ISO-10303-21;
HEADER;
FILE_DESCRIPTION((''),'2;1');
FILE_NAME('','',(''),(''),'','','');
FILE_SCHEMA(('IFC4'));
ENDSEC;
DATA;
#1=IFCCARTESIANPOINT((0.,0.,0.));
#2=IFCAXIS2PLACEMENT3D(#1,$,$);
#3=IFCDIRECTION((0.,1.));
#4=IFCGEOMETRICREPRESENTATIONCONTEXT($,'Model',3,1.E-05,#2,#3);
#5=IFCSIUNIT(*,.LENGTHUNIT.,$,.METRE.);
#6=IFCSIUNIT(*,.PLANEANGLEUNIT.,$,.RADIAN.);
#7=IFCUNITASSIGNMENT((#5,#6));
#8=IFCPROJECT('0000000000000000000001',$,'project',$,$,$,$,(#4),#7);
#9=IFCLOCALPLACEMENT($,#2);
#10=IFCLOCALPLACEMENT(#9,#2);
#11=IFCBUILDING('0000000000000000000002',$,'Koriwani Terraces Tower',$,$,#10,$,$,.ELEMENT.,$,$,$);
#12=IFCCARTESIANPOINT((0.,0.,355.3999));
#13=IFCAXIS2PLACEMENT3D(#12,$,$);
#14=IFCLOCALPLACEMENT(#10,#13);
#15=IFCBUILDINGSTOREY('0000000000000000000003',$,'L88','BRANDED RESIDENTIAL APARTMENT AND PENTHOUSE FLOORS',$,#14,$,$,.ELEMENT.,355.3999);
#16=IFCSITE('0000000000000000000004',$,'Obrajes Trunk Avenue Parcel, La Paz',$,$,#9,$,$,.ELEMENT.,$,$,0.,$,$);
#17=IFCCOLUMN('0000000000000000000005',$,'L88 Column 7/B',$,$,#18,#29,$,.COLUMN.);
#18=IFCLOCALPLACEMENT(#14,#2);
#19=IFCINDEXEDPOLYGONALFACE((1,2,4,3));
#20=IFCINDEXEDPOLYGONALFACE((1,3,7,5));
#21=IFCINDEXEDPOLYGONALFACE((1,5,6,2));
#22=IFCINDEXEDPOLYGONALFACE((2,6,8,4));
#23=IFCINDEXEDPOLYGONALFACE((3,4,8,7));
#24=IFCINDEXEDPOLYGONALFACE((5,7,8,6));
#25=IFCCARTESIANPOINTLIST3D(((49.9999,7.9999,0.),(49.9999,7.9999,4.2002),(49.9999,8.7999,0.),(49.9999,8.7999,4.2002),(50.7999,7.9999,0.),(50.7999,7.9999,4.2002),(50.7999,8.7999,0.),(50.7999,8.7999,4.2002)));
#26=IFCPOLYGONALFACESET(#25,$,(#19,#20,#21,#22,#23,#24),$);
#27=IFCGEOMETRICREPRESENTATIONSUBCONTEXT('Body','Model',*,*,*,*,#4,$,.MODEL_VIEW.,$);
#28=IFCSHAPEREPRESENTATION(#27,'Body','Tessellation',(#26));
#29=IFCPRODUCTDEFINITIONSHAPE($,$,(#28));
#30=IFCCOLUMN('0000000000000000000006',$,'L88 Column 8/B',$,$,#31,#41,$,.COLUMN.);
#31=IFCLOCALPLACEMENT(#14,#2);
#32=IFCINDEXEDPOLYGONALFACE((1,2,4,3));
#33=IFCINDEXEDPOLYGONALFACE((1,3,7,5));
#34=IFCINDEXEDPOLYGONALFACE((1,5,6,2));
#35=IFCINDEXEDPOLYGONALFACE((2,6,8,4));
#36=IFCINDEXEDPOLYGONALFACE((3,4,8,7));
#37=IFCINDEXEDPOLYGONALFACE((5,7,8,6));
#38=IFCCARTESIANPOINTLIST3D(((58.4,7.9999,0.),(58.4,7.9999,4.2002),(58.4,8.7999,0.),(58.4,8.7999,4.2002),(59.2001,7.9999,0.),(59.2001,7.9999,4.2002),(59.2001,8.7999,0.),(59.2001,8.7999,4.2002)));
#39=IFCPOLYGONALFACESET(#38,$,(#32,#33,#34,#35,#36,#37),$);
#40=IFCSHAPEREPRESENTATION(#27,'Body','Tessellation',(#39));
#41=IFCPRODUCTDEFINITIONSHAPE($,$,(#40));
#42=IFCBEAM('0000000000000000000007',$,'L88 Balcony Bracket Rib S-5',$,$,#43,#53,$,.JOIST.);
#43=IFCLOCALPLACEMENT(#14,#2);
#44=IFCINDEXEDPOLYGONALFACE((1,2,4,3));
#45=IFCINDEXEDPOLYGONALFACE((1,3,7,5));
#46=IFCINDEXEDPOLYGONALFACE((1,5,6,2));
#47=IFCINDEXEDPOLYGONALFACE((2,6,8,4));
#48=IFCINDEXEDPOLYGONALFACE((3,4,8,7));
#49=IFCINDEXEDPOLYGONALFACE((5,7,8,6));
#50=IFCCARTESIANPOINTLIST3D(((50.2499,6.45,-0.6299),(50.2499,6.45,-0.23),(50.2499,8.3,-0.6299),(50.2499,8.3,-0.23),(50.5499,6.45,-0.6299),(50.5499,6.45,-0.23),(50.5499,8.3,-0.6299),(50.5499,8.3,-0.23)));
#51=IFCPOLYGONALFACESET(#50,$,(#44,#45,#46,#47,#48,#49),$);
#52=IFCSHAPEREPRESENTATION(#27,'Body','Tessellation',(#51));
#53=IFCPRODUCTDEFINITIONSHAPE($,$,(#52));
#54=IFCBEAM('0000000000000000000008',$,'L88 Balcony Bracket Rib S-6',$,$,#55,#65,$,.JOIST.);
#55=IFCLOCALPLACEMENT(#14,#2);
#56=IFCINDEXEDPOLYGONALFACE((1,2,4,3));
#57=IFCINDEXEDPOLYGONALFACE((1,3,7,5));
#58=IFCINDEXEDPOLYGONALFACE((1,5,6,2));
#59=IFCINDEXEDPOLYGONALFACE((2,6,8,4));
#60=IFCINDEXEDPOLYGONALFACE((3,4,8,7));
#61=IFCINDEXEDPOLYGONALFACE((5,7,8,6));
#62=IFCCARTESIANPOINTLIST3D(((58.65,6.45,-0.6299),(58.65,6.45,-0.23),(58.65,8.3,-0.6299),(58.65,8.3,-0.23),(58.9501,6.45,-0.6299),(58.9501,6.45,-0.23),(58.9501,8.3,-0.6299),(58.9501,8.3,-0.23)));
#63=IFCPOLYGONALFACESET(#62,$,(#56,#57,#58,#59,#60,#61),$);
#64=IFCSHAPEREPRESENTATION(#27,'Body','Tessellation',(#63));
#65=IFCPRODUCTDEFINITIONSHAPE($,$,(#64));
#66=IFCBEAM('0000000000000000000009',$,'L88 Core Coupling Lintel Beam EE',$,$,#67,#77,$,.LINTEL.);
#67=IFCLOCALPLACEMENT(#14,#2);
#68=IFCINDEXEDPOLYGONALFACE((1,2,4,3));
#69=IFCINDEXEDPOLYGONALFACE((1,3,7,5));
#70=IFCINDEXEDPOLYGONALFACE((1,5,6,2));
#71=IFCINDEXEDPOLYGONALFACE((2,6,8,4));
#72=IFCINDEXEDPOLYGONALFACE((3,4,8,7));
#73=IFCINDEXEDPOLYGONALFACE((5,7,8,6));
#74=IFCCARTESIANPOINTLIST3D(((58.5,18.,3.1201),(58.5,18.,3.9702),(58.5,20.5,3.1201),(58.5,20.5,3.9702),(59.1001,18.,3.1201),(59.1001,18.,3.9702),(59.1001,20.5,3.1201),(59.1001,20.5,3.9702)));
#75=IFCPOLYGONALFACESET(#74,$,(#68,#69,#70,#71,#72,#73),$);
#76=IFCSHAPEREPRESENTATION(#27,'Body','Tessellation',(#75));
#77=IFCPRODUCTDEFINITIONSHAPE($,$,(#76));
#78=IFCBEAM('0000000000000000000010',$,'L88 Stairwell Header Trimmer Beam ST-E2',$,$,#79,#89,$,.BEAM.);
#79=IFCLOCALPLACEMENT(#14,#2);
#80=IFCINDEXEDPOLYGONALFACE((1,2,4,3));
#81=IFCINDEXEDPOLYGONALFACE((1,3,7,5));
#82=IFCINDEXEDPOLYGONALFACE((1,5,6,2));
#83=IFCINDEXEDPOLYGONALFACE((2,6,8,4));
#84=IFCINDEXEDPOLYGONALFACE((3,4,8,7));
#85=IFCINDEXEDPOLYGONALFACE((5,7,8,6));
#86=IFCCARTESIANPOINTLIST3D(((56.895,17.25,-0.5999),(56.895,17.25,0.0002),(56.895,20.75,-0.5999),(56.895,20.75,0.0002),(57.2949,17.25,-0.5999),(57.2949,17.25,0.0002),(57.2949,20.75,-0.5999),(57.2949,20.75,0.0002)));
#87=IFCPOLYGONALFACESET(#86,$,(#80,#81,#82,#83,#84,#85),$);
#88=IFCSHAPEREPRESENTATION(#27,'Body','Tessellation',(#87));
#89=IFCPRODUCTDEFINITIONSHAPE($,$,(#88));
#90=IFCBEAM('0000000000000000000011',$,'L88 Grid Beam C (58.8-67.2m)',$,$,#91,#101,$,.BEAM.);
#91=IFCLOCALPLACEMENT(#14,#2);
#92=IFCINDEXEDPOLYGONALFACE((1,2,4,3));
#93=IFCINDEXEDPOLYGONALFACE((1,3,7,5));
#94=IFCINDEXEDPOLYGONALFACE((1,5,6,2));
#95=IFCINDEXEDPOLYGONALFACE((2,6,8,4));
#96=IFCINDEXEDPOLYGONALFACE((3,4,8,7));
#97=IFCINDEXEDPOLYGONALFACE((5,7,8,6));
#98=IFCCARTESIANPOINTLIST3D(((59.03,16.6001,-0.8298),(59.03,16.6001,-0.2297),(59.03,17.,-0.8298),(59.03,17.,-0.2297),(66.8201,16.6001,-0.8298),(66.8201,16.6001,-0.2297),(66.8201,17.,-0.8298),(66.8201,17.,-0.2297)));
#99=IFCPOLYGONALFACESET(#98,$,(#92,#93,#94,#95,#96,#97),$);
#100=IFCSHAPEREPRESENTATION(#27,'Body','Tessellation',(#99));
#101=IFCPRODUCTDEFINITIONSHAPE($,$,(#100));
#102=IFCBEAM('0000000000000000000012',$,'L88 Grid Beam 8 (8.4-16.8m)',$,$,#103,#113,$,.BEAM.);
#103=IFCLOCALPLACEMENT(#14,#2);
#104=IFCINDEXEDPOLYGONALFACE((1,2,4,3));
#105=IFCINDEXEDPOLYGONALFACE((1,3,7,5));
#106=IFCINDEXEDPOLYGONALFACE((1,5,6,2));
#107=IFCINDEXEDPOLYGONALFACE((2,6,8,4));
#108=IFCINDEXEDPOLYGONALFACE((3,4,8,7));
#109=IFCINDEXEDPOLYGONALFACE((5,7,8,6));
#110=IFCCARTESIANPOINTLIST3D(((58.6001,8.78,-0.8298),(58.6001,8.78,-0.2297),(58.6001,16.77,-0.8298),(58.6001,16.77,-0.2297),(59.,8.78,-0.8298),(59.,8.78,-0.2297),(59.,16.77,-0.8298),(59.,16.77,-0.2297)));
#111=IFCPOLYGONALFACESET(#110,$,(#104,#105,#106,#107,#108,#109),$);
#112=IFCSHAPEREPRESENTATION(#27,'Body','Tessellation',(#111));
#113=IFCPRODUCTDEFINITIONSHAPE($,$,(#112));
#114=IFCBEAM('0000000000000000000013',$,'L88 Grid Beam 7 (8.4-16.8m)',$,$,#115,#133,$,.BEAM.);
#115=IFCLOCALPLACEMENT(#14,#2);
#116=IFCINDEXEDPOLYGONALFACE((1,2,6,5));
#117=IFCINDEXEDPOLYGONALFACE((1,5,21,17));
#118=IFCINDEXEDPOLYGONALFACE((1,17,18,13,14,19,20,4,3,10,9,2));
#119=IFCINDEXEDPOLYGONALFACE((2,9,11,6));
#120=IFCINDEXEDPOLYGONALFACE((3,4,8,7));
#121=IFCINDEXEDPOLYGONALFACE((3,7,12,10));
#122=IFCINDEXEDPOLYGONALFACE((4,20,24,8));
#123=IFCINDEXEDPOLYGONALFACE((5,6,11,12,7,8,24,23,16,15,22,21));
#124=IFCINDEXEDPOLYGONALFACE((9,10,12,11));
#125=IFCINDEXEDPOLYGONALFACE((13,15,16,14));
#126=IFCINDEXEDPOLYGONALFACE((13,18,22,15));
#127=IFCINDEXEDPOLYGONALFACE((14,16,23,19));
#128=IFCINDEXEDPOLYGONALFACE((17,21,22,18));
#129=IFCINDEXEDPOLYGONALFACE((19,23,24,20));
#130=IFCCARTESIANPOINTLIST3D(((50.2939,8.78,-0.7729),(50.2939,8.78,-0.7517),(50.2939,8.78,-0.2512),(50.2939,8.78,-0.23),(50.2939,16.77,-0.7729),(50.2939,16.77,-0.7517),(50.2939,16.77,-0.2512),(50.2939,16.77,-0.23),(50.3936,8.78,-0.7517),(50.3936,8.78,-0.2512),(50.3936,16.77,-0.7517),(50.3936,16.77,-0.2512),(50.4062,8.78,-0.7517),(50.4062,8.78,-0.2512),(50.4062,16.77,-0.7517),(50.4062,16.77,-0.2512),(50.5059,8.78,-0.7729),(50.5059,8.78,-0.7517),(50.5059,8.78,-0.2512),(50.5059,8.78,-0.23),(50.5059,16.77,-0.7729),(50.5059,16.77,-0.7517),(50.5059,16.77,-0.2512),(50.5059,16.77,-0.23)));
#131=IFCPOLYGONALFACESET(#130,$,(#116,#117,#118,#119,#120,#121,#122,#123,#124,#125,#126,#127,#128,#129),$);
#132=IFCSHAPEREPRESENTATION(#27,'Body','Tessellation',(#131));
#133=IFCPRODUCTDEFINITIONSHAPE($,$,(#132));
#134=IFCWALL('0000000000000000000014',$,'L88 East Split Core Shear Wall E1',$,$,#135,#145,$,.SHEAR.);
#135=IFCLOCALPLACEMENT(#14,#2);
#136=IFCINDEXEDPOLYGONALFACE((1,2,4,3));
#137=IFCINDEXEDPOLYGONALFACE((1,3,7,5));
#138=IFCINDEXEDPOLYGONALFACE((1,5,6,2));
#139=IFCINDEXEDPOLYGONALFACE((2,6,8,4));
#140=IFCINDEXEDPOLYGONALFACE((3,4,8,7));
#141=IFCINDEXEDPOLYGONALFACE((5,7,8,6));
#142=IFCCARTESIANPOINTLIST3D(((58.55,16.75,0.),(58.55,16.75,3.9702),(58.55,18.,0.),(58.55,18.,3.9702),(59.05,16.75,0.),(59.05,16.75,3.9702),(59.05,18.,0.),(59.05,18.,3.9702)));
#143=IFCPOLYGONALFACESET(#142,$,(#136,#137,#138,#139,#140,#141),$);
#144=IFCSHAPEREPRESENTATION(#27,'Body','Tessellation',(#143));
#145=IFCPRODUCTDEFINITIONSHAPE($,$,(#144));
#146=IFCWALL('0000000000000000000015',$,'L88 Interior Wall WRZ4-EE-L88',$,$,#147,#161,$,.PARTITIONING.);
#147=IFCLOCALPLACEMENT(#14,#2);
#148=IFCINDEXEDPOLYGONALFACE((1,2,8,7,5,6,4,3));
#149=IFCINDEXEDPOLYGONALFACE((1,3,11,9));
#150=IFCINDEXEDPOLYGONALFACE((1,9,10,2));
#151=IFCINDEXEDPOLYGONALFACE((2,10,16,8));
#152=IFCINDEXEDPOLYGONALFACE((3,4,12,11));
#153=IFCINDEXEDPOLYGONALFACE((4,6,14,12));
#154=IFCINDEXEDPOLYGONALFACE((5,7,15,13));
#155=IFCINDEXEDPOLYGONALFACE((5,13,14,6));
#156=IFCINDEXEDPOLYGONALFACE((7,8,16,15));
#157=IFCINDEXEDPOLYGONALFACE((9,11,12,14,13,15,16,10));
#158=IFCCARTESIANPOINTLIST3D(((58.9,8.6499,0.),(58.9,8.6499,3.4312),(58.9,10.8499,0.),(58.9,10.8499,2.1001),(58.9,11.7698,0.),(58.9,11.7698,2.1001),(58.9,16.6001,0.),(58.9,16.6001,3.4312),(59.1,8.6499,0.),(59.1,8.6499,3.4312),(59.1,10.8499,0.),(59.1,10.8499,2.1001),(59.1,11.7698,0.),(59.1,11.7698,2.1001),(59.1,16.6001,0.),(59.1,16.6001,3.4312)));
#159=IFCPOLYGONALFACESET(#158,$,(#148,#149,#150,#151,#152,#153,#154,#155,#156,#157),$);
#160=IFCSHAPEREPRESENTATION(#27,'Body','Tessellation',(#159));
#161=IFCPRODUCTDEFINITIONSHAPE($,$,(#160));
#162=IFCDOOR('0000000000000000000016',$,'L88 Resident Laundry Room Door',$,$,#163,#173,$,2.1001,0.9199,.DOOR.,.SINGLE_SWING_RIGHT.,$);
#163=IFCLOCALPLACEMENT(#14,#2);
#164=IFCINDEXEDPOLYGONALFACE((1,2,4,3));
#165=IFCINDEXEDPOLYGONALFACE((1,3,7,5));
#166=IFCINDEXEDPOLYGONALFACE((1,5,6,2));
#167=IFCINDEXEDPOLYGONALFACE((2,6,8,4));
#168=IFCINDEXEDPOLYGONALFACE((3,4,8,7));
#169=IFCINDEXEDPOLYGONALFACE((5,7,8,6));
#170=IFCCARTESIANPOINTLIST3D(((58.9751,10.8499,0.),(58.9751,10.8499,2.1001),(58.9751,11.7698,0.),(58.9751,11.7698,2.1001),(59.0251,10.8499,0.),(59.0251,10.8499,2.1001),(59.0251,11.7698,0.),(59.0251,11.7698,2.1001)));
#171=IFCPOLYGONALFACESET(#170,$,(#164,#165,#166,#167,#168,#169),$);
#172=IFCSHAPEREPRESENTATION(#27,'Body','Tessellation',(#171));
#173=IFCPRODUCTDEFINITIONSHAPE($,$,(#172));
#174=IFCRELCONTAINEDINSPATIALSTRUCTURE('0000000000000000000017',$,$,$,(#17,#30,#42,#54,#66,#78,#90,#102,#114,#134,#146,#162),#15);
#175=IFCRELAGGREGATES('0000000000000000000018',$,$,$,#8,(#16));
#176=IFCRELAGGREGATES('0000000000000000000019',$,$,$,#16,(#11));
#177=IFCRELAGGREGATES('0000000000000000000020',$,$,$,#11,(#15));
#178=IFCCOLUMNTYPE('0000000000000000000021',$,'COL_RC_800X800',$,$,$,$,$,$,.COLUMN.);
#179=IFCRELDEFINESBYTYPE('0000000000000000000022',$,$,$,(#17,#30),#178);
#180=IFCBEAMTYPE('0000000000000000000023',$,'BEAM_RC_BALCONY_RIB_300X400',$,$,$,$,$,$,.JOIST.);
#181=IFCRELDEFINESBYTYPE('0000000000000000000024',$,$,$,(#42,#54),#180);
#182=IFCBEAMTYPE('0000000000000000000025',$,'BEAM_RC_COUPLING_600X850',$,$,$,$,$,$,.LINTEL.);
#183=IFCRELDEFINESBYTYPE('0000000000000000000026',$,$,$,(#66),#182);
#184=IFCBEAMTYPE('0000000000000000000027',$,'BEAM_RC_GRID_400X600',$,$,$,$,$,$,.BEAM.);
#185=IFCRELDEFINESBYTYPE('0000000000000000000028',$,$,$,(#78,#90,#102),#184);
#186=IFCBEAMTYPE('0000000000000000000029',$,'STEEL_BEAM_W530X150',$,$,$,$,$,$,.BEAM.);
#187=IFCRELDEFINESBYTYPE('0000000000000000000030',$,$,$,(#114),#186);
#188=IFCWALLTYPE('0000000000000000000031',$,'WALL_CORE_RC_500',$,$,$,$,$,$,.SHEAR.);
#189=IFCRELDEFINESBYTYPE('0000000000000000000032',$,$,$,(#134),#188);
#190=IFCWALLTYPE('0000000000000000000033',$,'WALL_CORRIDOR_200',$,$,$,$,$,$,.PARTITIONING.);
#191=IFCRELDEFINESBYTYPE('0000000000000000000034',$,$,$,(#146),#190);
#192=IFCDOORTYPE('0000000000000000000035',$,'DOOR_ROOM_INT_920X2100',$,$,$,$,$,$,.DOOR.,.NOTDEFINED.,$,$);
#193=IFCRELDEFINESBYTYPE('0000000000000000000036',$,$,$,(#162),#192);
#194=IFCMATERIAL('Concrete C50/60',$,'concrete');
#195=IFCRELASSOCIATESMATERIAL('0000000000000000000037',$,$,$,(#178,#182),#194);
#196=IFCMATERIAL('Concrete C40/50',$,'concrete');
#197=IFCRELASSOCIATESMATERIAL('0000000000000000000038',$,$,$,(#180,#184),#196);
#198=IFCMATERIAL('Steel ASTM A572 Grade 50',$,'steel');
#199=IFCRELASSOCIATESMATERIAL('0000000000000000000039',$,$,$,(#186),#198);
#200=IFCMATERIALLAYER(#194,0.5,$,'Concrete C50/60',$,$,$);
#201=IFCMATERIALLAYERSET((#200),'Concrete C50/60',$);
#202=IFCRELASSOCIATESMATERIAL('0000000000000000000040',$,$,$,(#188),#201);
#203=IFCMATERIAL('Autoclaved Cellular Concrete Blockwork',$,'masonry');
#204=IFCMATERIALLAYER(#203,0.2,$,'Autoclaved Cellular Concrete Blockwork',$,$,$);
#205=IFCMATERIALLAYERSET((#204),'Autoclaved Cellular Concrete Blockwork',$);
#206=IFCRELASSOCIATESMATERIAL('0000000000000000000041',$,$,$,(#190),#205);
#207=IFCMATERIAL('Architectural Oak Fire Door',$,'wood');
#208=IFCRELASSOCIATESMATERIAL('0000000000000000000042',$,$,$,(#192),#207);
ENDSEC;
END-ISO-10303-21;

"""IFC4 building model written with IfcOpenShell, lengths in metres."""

from ifc_helpers import new_model, si_unit, direction, frame, frame_2d, origin, origin_2d, place, context, subcontext, project, spatial, rectangle, i_section, extrude, material, layer, layer_set, material_profile, profile_set, type_object, element, fill, save


model = new_model("IFC4")

# Units and contexts
model_context = context("Model", 3, precision=1e-05, world=origin(), true_north=direction((0.0, 1.0)))
body_context = subcontext(model_context, "Body", "Model", "MODEL_VIEW")
ifc_project = project(units=[si_unit("LENGTHUNIT", "METRE"), si_unit("PLANEANGLEUNIT", "RADIAN")], contexts=[model_context])

# Site, building, storey
site_placement = place(None, origin())
site = spatial("IfcSite", under=ifc_project, at=site_placement, Name="Obrajes Trunk Avenue Parcel, La Paz", CompositionType="ELEMENT", RefElevation=0.0)
building_placement = place(site_placement, origin())
building = spatial("IfcBuilding", under=site, at=building_placement, Name="Koriwani Terraces Tower", CompositionType="ELEMENT")
storey_placement = place(building_placement, frame((0.0, 0.0, 355.3999)))
storey = spatial("IfcBuildingStorey", under=building, at=storey_placement, Name="L88", Description="BRANDED RESIDENTIAL APARTMENT AND PENTHOUSE FLOORS", CompositionType="ELEMENT", Elevation=355.3999)

# Columns
ifc_material_1 = material(Name="Concrete C50/60", Category="concrete")
ifc_material_profile_1 = material_profile(ifc_material_1, rectangle(XDim=0.8, YDim=0.8, at=origin_2d()), Name="Concrete C50/60", Category="LoadBearing")
ifc_profile_set_1 = profile_set([ifc_material_profile_1], Name="Concrete C50/60")
column_type = type_object("IfcColumnType", Name="COL_RC_800X800", PredefinedType="COLUMN", material=ifc_profile_set_1)
for number, where, z_axis, x_axis, name in (
    (1, (50.3999, 8.3999, 0.0), (0.0, 0.0, 1.0), (1.0, 0.0, 0.0), "L88 Column 7/B"),
    (2, (58.8, 8.3999, 0.0), (0.0, 0.0, 1.0), (1.0, 0.0, 0.0), "L88 Column 8/B"),
):
    element("IfcColumn", number, at=place(storey_placement, frame(where, z_axis=z_axis, x_axis=x_axis)), inside=storey, type_object=column_type, Name=name, PredefinedType="COLUMN", context=body_context, shape_type="SweptSolid", body=[
        extrude(rectangle(XDim=0.8, YDim=0.8, at=origin_2d()), origin(), (0.0, 0.0, 1.0), 4.2002),
    ])

# Beams
ifc_material_2 = material(Name="Concrete C40/50", Category="concrete")
ifc_material_profile_2 = material_profile(ifc_material_2, rectangle(XDim=0.3, YDim=0.3999, at=origin_2d()), Name="Concrete C40/50", Category="LoadBearing")
ifc_profile_set_2 = profile_set([ifc_material_profile_2], Name="Concrete C40/50")
beam_type_1 = type_object("IfcBeamType", Name="BEAM_RC_BALCONY_RIB_300X400", PredefinedType="JOIST", material=ifc_profile_set_2)
for number, where, z_axis, x_axis, name in (
    (3, (50.3999, 6.45, -0.4299), (0.0, 1.0, 0.0), (-1.0, 0.0, 0.0), "L88 Balcony Bracket Rib S-5"),
    (4, (58.8, 6.45, -0.4299), (0.0, 1.0, 0.0), (-1.0, 0.0, 0.0), "L88 Balcony Bracket Rib S-6"),
):
    element("IfcBeam", number, at=place(storey_placement, frame(where, z_axis=z_axis, x_axis=x_axis)), inside=storey, type_object=beam_type_1, Name=name, PredefinedType="JOIST", context=body_context, shape_type="SweptSolid", body=[
        extrude(rectangle(XDim=0.3, YDim=0.3999, at=origin_2d()), origin(), (0.0, 0.0, 1.0), 1.8501),
    ])
ifc_material_profile_3 = material_profile(ifc_material_1, rectangle(XDim=0.6001, YDim=0.8501, at=origin_2d()), Name="Concrete C50/60", Category="LoadBearing")
ifc_profile_set_3 = profile_set([ifc_material_profile_3], Name="Concrete C50/60")
beam_type_2 = type_object("IfcBeamType", Name="BEAM_RC_COUPLING_600X850", PredefinedType="LINTEL", material=ifc_profile_set_3)
beam_1_placement = place(storey_placement, frame((58.8, 18.0, 3.5452), z_axis=(0.0, 1.0, 0.0), x_axis=(-1.0, 0.0, 0.0)))
element("IfcBeam", 5, at=beam_1_placement, inside=storey, type_object=beam_type_2, Name="L88 Core Coupling Lintel Beam EE", PredefinedType="LINTEL", context=body_context, shape_type="SweptSolid", body=[
    extrude(rectangle(XDim=0.6001, YDim=0.8501, at=origin_2d()), origin(), (0.0, 0.0, 1.0), 2.5),
])
ifc_material_profile_4 = material_profile(ifc_material_2, rectangle(XDim=0.3999, YDim=0.6001, at=origin_2d()), Name="Concrete C40/50", Category="LoadBearing")
ifc_profile_set_4 = profile_set([ifc_material_profile_4], Name="Concrete C40/50")
beam_type_3 = type_object("IfcBeamType", Name="BEAM_RC_GRID_400X600", PredefinedType="BEAM", material=ifc_profile_set_4)
beam_2_placement = place(storey_placement, frame((57.095, 17.25, -0.2998), z_axis=(0.0, 1.0, 0.0), x_axis=(-1.0, 0.0, 0.0)))
element("IfcBeam", 6, at=beam_2_placement, inside=storey, type_object=beam_type_3, Name="L88 Stairwell Header Trimmer Beam ST-E2", PredefinedType="BEAM", context=body_context, shape_type="SweptSolid", body=[
    extrude(rectangle(XDim=0.3999, YDim=0.6001, at=origin_2d()), origin(), (0.0, 0.0, 1.0), 3.5),
])
beam_3_placement = place(storey_placement, frame((59.03, 16.8, -0.5298), z_axis=(1.0, 0.0, 0.0), x_axis=(0.0, 1.0, 0.0)))
element("IfcBeam", 7, at=beam_3_placement, inside=storey, type_object=beam_type_3, Name="L88 Grid Beam C (58.8-67.2m)", PredefinedType="BEAM", context=body_context, shape_type="SweptSolid", body=[
    extrude(rectangle(XDim=0.3999, YDim=0.6001, at=origin_2d()), origin(), (0.0, 0.0, 1.0), 7.79),
])
beam_4_placement = place(storey_placement, frame((58.8, 8.78, -0.5298), z_axis=(0.0, 1.0, 0.0), x_axis=(-1.0, 0.0, 0.0)))
element("IfcBeam", 8, at=beam_4_placement, inside=storey, type_object=beam_type_3, Name="L88 Grid Beam 8 (8.4-16.8m)", PredefinedType="BEAM", context=body_context, shape_type="SweptSolid", body=[
    extrude(rectangle(XDim=0.3999, YDim=0.6001, at=origin_2d()), origin(), (0.0, 0.0, 1.0), 7.99),
])
ifc_material_3 = material(Name="Steel ASTM A572 Grade 50", Category="steel")
ifc_material_profile_5 = material_profile(ifc_material_3, i_section(OverallWidth=0.2119, OverallDepth=0.543, WebThickness=0.0127, FlangeThickness=0.0212, at=origin_2d()), Name="Steel ASTM A572 Grade 50", Category="LoadBearing")
ifc_profile_set_5 = profile_set([ifc_material_profile_5], Name="Steel ASTM A572 Grade 50")
beam_type_4 = type_object("IfcBeamType", Name="STEEL_BEAM_W530X150", PredefinedType="BEAM", material=ifc_profile_set_5)
beam_5_placement = place(storey_placement, frame((50.3999, 8.78, -0.5015), z_axis=(0.0, 1.0, 0.0), x_axis=(-1.0, 0.0, 0.0)))
element("IfcBeam", 9, at=beam_5_placement, inside=storey, type_object=beam_type_4, Name="L88 Grid Beam 7 (8.4-16.8m)", PredefinedType="BEAM", context=body_context, shape_type="SweptSolid", body=[
    extrude(i_section(OverallWidth=0.2119, OverallDepth=0.543, WebThickness=0.0127, FlangeThickness=0.0212, at=origin_2d()), origin(), (0.0, 0.0, 1.0), 7.99),
])

# Wall
ifc_layer_1 = layer(ifc_material_1, 0.5, Name="Concrete C50/60")
ifc_layer_set_1 = layer_set([ifc_layer_1], Name="Concrete C50/60")
wall_type_1 = type_object("IfcWallType", Name="WALL_CORE_RC_500", PredefinedType="SHEAR", material=ifc_layer_set_1)
wall_1_placement = place(storey_placement, frame((58.8, 16.75, 0.0), z_axis=(0.0, 0.0, 1.0), x_axis=(0.0, 1.0, 0.0)))
element("IfcWall", 10, at=wall_1_placement, inside=storey, type_object=wall_type_1, Name="L88 East Split Core Shear Wall E1", PredefinedType="SHEAR", context=body_context, shape_type="SweptSolid", body=[
    extrude(rectangle(XDim=1.25, YDim=0.5, at=frame_2d((0.625, 0.0))), origin(), (0.0, 0.0, 1.0), 3.9702),
])

# Wall, opening, door
ifc_material_4 = material(Name="Autoclaved Cellular Concrete Blockwork", Category="masonry")
ifc_layer_2 = layer(ifc_material_4, 0.2, Name="Autoclaved Cellular Concrete Blockwork")
ifc_layer_set_2 = layer_set([ifc_layer_2], Name="Autoclaved Cellular Concrete Blockwork")
wall_type_2 = type_object("IfcWallType", Name="WALL_CORRIDOR_200", PredefinedType="PARTITIONING", material=ifc_layer_set_2)
wall_2_placement = place(storey_placement, frame((59.0, 8.6499, 0.0), z_axis=(0.0, 0.0, 1.0), x_axis=(0.0, 1.0, 0.0)))
wall_2 = element("IfcWall", 11, at=wall_2_placement, inside=storey, type_object=wall_type_2, Name="L88 Interior Wall WRZ4-EE-L88", PredefinedType="PARTITIONING", context=body_context, shape_type="SweptSolid", body=[
    extrude(rectangle(XDim=7.9502, YDim=0.2, at=frame_2d((3.9751, 0.0))), origin(), (0.0, 0.0, 1.0), 3.4312),
])
opening_1_placement = place(wall_2_placement, frame((2.2, 0.0, 0.0)))
opening_1 = element("IfcOpeningElement", 12, at=opening_1_placement, cuts=wall_2, PredefinedType="OPENING", context=body_context, shape_type="SweptSolid", body=[
    extrude(rectangle(XDim=0.9199, YDim=2.1001, at=frame_2d((0.46, 1.05))), frame((0.0, 0.1099, 0.0), z_axis=(0.0, -1.0, 0.0), x_axis=(1.0, 0.0, 0.0)), (0.0, 0.0, 1.0), 0.22),
])
ifc_material_5 = material(Name="Architectural Oak Fire Door", Category="wood")
door_type_1 = type_object("IfcDoorType", Name="DOOR_ROOM_INT_920X2100", OperationType="NOTDEFINED", PredefinedType="DOOR", material=ifc_material_5)
door_1_placement = place(opening_1_placement, origin())
door_1 = element("IfcDoor", 13, at=door_1_placement, inside=storey, type_object=door_type_1, Name="L88 Resident Laundry Room Door", OperationType="SINGLE_SWING_RIGHT", OverallHeight=2.1001, OverallWidth=0.9199, PredefinedType="DOOR", context=body_context, shape_type="SweptSolid", body=[
    extrude(rectangle(XDim=0.9199, YDim=2.1001, at=frame_2d((0.46, 1.05))), frame((0.0, 0.0249, 0.0), z_axis=(0.0, -1.0, 0.0), x_axis=(1.0, 0.0, 0.0)), (0.0, 0.0, 1.0), 0.05),
])
fill(opening_1, door_1)

save(model, "model.ifc")
